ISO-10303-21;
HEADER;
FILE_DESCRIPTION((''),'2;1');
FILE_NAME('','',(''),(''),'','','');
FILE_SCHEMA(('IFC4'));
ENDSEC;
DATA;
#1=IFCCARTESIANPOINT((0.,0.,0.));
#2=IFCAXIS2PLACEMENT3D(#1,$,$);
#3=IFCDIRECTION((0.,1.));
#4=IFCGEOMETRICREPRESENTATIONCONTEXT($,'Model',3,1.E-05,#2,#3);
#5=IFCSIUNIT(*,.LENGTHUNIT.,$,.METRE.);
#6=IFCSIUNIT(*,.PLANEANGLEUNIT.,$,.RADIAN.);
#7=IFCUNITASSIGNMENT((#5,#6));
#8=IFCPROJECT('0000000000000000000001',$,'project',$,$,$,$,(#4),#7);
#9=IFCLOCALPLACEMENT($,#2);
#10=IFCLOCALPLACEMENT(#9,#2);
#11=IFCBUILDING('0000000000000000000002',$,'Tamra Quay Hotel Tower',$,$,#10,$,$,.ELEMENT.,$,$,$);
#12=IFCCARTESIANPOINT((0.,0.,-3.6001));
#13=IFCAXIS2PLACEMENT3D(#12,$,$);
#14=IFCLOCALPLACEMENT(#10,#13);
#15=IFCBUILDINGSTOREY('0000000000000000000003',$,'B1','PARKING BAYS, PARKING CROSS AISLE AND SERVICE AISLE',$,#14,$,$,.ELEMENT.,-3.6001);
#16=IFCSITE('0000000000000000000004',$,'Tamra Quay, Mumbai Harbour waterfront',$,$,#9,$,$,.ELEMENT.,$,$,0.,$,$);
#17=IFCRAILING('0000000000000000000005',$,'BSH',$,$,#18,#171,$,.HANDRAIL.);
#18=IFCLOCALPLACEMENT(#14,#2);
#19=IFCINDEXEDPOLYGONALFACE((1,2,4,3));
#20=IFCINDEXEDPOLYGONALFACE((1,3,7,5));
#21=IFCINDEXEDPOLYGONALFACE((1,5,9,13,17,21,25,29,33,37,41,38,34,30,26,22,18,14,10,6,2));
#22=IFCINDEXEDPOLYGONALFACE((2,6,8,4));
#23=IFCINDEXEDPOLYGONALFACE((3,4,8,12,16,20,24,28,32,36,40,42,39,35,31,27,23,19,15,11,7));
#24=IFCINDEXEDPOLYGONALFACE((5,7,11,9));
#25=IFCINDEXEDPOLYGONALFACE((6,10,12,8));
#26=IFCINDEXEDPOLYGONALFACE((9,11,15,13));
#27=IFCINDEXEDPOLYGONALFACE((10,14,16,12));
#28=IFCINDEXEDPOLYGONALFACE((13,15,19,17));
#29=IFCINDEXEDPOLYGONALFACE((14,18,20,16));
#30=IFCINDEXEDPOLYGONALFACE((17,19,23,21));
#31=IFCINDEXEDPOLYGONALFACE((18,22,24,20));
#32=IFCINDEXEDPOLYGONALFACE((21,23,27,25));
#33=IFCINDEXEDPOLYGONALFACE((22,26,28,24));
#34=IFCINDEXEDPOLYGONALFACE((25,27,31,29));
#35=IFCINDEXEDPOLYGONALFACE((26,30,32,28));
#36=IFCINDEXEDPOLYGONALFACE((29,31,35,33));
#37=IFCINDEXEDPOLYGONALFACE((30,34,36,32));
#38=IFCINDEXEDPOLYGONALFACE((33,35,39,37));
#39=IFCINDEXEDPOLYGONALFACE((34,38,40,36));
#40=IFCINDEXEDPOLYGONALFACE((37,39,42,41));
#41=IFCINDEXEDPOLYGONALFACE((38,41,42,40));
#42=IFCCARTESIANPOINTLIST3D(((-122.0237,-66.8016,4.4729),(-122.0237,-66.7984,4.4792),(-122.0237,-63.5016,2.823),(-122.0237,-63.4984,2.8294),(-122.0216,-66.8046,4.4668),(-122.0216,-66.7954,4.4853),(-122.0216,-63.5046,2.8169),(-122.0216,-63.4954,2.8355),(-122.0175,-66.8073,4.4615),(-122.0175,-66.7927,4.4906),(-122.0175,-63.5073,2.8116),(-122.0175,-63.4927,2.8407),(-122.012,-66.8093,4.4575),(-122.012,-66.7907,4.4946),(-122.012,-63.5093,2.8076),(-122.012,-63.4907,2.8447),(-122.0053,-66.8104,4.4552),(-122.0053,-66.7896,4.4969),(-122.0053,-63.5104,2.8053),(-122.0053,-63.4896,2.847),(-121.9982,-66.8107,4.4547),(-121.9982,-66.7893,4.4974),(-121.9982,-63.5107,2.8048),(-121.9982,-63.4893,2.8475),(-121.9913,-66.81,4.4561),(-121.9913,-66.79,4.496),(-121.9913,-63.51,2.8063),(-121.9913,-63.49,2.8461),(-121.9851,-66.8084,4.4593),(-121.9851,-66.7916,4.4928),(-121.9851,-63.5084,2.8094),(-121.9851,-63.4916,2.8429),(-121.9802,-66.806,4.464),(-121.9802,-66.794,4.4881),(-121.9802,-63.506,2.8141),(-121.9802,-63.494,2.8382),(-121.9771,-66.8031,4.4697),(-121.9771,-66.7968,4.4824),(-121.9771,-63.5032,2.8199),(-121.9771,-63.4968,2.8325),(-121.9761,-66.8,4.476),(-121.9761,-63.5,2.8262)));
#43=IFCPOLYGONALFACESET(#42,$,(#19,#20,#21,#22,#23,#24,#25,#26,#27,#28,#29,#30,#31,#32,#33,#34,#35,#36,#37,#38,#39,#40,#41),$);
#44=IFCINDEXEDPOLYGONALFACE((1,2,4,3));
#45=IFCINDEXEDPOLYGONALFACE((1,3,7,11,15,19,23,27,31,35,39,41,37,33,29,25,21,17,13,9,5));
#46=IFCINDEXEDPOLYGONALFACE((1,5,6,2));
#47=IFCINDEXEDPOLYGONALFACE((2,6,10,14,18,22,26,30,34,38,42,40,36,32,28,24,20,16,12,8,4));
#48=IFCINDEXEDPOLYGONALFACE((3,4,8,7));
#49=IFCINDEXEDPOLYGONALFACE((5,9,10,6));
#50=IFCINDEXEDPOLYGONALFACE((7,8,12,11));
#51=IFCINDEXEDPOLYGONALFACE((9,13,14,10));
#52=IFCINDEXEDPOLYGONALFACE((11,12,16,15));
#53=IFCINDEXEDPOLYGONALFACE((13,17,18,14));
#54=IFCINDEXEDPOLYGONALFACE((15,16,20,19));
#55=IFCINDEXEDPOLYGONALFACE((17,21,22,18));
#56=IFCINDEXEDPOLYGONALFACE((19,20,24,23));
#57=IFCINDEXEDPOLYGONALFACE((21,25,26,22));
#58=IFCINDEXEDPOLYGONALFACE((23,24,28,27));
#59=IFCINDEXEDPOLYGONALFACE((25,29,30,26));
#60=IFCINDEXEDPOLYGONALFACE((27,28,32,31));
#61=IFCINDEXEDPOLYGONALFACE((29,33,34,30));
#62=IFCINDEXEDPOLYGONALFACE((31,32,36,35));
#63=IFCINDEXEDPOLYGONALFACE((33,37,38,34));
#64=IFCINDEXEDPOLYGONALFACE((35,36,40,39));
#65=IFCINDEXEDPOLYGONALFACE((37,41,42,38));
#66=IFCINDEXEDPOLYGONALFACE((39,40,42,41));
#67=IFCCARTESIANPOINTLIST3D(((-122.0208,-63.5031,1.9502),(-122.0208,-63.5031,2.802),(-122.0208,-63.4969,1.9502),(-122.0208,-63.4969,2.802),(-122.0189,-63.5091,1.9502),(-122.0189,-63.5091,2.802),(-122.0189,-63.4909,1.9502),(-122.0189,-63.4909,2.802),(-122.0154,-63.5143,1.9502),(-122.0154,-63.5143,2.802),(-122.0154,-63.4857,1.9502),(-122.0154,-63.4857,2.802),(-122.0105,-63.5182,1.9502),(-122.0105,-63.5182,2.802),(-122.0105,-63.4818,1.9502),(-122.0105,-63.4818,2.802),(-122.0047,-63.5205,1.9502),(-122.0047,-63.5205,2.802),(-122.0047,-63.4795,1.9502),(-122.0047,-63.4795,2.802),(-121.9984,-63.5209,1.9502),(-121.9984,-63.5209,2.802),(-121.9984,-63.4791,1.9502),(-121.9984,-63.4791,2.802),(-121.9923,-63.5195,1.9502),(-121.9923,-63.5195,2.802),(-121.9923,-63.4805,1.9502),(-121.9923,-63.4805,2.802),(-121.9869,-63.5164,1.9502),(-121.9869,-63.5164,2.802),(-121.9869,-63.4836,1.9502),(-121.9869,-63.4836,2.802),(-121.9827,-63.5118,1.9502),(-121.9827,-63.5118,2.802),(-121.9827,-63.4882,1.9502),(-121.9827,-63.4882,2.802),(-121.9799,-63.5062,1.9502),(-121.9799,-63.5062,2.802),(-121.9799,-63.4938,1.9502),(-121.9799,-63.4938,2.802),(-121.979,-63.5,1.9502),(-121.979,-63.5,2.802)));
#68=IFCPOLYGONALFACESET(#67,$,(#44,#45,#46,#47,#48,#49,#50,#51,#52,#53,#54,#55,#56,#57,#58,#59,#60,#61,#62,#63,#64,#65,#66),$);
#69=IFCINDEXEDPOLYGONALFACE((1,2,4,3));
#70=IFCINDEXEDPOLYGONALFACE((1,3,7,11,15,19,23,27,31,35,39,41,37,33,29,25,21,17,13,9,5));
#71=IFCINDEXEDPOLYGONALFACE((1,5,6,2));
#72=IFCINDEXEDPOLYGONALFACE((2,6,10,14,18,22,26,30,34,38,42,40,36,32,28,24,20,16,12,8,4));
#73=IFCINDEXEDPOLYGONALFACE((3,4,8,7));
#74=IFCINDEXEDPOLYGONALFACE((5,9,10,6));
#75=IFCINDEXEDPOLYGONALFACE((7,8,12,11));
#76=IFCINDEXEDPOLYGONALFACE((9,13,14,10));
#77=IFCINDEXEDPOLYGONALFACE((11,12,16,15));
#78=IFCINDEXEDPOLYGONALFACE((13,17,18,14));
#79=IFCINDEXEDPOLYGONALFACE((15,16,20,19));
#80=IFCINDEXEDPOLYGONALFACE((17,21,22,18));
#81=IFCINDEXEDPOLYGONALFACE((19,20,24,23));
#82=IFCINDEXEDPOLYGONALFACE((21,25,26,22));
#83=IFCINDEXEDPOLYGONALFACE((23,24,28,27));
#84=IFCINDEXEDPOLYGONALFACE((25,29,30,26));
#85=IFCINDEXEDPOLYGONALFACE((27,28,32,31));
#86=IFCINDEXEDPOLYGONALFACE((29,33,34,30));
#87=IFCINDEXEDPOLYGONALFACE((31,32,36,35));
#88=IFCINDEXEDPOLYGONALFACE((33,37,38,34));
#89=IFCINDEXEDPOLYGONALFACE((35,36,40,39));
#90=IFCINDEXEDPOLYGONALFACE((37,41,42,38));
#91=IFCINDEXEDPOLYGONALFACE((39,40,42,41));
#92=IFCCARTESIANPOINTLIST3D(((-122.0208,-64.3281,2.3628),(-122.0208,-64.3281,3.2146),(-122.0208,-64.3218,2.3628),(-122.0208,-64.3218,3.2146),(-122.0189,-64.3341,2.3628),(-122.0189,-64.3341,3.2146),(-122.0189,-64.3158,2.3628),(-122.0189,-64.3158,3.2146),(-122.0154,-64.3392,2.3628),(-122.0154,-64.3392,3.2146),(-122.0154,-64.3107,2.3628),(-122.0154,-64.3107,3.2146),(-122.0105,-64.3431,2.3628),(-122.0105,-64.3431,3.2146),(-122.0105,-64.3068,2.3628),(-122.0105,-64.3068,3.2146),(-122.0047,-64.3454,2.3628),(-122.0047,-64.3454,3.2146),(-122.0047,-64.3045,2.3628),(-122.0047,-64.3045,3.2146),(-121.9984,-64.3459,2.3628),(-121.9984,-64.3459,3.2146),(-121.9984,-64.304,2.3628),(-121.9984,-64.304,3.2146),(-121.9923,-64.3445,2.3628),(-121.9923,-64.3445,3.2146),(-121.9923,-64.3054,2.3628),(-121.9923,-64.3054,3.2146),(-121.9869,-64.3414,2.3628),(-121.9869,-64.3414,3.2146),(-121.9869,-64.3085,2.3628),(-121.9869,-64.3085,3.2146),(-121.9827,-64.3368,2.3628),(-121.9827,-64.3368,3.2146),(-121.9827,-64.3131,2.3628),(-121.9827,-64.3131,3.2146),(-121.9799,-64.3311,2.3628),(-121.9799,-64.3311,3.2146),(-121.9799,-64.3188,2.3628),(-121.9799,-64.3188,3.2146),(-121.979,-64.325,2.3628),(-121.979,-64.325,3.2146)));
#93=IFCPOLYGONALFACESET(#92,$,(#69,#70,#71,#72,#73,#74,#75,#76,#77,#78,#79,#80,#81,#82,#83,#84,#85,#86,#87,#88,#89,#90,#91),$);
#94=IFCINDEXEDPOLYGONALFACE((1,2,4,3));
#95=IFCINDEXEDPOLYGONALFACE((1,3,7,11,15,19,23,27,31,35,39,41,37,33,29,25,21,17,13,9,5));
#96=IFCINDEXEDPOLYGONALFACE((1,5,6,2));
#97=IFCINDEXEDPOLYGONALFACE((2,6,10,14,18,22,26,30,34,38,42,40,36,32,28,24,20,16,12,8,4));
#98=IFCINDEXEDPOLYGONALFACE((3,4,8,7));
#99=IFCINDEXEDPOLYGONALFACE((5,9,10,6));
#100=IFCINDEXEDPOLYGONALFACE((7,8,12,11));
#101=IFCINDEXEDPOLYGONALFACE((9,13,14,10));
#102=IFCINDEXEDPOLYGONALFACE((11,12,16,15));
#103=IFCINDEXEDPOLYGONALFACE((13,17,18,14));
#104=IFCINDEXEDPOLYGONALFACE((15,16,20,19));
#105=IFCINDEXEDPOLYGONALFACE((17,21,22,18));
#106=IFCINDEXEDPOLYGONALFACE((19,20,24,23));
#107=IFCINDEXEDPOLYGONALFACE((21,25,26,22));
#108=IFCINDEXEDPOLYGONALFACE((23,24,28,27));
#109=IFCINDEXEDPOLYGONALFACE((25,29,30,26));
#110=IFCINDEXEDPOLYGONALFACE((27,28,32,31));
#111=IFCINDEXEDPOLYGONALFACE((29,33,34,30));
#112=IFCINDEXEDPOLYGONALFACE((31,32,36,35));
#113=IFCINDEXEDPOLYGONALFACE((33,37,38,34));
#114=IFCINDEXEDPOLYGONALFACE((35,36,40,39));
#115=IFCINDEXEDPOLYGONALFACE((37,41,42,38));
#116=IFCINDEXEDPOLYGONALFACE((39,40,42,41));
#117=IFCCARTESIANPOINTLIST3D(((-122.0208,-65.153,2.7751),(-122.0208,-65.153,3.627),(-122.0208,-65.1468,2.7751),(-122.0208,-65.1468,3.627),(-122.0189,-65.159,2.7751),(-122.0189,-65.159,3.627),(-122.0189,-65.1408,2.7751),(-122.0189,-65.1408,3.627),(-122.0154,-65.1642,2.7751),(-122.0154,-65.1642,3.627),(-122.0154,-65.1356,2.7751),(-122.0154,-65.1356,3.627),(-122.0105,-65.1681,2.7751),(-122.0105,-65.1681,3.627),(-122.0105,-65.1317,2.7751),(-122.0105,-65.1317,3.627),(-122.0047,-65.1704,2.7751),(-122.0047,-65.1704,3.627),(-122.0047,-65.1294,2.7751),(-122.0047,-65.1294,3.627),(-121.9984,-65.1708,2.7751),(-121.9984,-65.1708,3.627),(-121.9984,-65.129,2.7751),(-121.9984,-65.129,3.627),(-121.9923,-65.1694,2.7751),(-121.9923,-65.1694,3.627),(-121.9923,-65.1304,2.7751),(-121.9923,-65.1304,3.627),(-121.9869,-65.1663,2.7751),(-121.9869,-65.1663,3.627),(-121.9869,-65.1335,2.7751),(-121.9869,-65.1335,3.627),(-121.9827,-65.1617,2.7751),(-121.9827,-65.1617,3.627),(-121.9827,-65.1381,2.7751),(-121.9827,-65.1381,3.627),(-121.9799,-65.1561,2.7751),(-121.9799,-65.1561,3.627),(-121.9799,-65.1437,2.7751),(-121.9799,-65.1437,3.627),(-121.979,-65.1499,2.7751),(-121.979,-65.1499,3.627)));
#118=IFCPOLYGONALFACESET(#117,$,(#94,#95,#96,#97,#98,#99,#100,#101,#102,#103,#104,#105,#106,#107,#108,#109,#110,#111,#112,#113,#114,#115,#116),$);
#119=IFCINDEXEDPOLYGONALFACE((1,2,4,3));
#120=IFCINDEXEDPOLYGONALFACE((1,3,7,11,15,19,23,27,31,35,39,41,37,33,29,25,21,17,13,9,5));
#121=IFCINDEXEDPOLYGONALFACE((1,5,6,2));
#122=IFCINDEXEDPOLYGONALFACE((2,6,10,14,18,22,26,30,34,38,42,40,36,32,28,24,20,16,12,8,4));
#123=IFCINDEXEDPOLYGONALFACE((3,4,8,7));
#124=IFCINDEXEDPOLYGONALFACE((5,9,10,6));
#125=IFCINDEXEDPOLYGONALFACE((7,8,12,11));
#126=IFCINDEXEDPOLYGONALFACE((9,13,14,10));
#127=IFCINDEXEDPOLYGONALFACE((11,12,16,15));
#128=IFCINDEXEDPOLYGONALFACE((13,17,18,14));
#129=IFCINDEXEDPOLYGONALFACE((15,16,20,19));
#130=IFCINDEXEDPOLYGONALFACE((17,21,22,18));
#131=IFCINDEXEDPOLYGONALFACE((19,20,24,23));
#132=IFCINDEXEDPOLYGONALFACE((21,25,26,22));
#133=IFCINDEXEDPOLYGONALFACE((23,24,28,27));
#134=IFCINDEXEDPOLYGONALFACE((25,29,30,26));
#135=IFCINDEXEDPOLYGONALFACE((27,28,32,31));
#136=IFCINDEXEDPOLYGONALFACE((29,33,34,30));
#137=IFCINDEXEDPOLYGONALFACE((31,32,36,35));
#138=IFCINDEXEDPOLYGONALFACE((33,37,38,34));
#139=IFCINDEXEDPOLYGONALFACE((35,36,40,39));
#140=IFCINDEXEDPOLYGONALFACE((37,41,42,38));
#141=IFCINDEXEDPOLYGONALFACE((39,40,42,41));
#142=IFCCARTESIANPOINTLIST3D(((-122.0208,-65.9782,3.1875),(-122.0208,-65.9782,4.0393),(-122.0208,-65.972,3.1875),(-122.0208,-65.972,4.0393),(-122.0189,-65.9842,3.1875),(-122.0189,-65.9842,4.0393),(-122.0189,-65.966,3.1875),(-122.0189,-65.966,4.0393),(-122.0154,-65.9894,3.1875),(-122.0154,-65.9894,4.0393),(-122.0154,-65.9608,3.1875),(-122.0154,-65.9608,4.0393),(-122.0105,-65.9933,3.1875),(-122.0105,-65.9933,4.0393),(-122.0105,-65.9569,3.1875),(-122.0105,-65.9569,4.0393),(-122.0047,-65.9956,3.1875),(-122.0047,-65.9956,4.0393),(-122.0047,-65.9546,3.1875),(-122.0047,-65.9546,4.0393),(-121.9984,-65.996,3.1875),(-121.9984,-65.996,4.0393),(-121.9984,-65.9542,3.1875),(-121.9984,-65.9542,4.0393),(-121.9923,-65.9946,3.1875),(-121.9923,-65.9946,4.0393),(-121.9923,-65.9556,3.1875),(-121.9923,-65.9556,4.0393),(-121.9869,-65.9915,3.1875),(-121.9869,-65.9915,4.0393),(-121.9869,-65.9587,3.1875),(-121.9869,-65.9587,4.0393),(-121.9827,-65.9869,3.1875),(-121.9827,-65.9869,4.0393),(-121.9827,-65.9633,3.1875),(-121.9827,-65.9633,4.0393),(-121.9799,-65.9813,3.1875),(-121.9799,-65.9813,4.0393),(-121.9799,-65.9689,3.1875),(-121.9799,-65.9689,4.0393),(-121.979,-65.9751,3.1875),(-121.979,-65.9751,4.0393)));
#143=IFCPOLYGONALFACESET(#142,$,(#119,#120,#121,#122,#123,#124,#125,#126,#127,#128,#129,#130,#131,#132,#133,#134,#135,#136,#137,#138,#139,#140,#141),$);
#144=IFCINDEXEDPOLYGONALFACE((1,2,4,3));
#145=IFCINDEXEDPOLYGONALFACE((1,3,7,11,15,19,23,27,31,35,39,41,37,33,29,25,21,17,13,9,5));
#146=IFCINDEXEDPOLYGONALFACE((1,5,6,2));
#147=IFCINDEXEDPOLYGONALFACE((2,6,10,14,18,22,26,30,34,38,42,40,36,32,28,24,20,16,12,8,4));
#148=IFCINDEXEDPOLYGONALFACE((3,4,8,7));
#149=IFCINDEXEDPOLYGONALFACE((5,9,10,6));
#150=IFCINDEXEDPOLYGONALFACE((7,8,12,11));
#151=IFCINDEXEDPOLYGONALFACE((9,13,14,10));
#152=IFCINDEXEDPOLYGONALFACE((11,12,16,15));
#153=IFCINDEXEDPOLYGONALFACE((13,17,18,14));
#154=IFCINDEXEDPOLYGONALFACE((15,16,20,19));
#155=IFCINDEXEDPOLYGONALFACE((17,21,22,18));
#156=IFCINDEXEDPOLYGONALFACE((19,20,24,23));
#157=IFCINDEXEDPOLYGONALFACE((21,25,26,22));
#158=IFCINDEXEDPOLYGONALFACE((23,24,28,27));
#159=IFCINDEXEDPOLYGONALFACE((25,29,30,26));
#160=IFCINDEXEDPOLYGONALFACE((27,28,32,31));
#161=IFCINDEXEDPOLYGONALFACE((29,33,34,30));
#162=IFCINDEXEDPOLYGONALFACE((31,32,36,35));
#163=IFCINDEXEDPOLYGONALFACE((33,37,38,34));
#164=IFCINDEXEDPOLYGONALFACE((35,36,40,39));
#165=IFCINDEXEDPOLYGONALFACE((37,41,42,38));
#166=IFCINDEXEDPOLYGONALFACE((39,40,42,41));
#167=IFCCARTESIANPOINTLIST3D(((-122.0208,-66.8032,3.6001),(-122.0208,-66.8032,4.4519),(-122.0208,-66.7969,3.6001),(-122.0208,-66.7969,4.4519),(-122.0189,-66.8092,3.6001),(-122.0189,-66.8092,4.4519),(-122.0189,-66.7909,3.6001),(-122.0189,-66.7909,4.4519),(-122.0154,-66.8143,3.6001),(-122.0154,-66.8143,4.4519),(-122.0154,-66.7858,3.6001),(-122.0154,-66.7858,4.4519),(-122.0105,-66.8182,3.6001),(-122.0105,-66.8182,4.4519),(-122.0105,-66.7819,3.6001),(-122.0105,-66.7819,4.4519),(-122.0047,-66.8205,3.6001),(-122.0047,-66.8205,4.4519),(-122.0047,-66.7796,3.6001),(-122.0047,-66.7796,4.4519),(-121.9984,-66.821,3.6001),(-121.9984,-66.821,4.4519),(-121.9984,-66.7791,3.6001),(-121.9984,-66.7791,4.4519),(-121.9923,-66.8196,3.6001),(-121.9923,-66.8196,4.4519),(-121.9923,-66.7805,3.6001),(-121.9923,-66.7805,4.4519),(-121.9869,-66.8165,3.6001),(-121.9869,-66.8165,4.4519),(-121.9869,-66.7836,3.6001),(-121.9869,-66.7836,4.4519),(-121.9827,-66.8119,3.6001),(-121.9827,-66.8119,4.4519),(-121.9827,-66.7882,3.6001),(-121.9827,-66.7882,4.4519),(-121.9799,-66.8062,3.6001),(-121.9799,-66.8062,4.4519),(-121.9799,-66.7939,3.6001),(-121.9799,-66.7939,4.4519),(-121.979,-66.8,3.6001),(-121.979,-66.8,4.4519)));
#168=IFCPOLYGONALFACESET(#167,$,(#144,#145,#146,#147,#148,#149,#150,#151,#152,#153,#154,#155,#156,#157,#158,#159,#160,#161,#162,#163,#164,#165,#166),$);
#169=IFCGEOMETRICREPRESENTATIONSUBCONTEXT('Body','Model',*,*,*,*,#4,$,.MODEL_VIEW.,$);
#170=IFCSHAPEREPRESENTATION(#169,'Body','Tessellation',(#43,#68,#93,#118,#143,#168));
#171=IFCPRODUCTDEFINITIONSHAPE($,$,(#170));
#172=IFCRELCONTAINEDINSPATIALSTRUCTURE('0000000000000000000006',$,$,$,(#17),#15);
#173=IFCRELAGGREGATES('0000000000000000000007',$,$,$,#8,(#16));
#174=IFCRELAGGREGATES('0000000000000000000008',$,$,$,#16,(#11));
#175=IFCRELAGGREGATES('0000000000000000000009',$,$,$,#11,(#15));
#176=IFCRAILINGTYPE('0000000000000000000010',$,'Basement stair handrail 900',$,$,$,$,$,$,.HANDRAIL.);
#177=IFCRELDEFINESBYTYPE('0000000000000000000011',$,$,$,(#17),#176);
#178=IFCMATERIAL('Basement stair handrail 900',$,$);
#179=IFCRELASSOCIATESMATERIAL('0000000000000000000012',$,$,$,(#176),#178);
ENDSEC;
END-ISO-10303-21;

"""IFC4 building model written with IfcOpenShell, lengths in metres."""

from ifc_helpers import new_model, si_unit, direction, frame, origin, origin_2d, place, context, subcontext, project, spatial, circle, extrude, material, type_object, element, save


model = new_model("IFC4")

# Units and contexts
model_context = context("Model", 3, precision=1e-05, world=origin(), true_north=direction((0.0, 1.0)))
body_context = subcontext(model_context, "Body", "Model", "MODEL_VIEW")
ifc_project = project(units=[si_unit("LENGTHUNIT", "METRE"), si_unit("PLANEANGLEUNIT", "RADIAN")], contexts=[model_context])

# Site, building, storey
site_placement = place(None, origin())
site = spatial("IfcSite", under=ifc_project, at=site_placement, Name="Tamra Quay, Mumbai Harbour waterfront", CompositionType="ELEMENT", RefElevation=0.0)
building_placement = place(site_placement, origin())
building = spatial("IfcBuilding", under=site, at=building_placement, Name="Tamra Quay Hotel Tower", CompositionType="ELEMENT")
storey_placement = place(building_placement, frame((0.0, 0.0, -3.6001)))
storey = spatial("IfcBuildingStorey", under=building, at=storey_placement, Name="B1", Description="PARKING BAYS, PARKING CROSS AISLE AND SERVICE AISLE", CompositionType="ELEMENT", Elevation=-3.6001)

# Railing
ifc_material_1 = material(Name="Basement stair handrail 900")
railing_type_1 = type_object("IfcRailingType", Name="Basement stair handrail 900", PredefinedType="HANDRAIL", material=ifc_material_1)
railing_1_placement = place(storey_placement, frame((-122.0, -63.5, 1.9502)))
element("IfcRailing", 1, at=railing_1_placement, inside=storey, type_object=railing_type_1, Name="BSH", PredefinedType="HANDRAIL", context=body_context, shape_type="SweptSolid", body=[
    extrude(circle(Radius=0.0239, at=origin_2d()), frame((0.0, 0.0, 0.876), z_axis=(0.0, -0.89444, 0.447187), x_axis=(1.0, 0.0, 0.0)), (0.0, 0.0, 1.0), 3.6895),
    extrude(circle(Radius=0.021, at=origin_2d()), origin(), (0.0, 0.0, 1.0), 0.8518),
    extrude(circle(Radius=0.021, at=origin_2d()), frame((0.0, -0.825, 0.4126)), (0.0, 0.0, 1.0), 0.8518),
    extrude(circle(Radius=0.021, at=origin_2d()), frame((0.0, -1.6499, 0.825)), (0.0, 0.0, 1.0), 0.8518),
    extrude(circle(Radius=0.021, at=origin_2d()), frame((0.0, -2.4751, 1.2373)), (0.0, 0.0, 1.0), 0.8518),
    extrude(circle(Radius=0.021, at=origin_2d()), frame((0.0, -3.3, 1.6499)), (0.0, 0.0, 1.0), 0.8518),
])

save(model, "model.ifc")
